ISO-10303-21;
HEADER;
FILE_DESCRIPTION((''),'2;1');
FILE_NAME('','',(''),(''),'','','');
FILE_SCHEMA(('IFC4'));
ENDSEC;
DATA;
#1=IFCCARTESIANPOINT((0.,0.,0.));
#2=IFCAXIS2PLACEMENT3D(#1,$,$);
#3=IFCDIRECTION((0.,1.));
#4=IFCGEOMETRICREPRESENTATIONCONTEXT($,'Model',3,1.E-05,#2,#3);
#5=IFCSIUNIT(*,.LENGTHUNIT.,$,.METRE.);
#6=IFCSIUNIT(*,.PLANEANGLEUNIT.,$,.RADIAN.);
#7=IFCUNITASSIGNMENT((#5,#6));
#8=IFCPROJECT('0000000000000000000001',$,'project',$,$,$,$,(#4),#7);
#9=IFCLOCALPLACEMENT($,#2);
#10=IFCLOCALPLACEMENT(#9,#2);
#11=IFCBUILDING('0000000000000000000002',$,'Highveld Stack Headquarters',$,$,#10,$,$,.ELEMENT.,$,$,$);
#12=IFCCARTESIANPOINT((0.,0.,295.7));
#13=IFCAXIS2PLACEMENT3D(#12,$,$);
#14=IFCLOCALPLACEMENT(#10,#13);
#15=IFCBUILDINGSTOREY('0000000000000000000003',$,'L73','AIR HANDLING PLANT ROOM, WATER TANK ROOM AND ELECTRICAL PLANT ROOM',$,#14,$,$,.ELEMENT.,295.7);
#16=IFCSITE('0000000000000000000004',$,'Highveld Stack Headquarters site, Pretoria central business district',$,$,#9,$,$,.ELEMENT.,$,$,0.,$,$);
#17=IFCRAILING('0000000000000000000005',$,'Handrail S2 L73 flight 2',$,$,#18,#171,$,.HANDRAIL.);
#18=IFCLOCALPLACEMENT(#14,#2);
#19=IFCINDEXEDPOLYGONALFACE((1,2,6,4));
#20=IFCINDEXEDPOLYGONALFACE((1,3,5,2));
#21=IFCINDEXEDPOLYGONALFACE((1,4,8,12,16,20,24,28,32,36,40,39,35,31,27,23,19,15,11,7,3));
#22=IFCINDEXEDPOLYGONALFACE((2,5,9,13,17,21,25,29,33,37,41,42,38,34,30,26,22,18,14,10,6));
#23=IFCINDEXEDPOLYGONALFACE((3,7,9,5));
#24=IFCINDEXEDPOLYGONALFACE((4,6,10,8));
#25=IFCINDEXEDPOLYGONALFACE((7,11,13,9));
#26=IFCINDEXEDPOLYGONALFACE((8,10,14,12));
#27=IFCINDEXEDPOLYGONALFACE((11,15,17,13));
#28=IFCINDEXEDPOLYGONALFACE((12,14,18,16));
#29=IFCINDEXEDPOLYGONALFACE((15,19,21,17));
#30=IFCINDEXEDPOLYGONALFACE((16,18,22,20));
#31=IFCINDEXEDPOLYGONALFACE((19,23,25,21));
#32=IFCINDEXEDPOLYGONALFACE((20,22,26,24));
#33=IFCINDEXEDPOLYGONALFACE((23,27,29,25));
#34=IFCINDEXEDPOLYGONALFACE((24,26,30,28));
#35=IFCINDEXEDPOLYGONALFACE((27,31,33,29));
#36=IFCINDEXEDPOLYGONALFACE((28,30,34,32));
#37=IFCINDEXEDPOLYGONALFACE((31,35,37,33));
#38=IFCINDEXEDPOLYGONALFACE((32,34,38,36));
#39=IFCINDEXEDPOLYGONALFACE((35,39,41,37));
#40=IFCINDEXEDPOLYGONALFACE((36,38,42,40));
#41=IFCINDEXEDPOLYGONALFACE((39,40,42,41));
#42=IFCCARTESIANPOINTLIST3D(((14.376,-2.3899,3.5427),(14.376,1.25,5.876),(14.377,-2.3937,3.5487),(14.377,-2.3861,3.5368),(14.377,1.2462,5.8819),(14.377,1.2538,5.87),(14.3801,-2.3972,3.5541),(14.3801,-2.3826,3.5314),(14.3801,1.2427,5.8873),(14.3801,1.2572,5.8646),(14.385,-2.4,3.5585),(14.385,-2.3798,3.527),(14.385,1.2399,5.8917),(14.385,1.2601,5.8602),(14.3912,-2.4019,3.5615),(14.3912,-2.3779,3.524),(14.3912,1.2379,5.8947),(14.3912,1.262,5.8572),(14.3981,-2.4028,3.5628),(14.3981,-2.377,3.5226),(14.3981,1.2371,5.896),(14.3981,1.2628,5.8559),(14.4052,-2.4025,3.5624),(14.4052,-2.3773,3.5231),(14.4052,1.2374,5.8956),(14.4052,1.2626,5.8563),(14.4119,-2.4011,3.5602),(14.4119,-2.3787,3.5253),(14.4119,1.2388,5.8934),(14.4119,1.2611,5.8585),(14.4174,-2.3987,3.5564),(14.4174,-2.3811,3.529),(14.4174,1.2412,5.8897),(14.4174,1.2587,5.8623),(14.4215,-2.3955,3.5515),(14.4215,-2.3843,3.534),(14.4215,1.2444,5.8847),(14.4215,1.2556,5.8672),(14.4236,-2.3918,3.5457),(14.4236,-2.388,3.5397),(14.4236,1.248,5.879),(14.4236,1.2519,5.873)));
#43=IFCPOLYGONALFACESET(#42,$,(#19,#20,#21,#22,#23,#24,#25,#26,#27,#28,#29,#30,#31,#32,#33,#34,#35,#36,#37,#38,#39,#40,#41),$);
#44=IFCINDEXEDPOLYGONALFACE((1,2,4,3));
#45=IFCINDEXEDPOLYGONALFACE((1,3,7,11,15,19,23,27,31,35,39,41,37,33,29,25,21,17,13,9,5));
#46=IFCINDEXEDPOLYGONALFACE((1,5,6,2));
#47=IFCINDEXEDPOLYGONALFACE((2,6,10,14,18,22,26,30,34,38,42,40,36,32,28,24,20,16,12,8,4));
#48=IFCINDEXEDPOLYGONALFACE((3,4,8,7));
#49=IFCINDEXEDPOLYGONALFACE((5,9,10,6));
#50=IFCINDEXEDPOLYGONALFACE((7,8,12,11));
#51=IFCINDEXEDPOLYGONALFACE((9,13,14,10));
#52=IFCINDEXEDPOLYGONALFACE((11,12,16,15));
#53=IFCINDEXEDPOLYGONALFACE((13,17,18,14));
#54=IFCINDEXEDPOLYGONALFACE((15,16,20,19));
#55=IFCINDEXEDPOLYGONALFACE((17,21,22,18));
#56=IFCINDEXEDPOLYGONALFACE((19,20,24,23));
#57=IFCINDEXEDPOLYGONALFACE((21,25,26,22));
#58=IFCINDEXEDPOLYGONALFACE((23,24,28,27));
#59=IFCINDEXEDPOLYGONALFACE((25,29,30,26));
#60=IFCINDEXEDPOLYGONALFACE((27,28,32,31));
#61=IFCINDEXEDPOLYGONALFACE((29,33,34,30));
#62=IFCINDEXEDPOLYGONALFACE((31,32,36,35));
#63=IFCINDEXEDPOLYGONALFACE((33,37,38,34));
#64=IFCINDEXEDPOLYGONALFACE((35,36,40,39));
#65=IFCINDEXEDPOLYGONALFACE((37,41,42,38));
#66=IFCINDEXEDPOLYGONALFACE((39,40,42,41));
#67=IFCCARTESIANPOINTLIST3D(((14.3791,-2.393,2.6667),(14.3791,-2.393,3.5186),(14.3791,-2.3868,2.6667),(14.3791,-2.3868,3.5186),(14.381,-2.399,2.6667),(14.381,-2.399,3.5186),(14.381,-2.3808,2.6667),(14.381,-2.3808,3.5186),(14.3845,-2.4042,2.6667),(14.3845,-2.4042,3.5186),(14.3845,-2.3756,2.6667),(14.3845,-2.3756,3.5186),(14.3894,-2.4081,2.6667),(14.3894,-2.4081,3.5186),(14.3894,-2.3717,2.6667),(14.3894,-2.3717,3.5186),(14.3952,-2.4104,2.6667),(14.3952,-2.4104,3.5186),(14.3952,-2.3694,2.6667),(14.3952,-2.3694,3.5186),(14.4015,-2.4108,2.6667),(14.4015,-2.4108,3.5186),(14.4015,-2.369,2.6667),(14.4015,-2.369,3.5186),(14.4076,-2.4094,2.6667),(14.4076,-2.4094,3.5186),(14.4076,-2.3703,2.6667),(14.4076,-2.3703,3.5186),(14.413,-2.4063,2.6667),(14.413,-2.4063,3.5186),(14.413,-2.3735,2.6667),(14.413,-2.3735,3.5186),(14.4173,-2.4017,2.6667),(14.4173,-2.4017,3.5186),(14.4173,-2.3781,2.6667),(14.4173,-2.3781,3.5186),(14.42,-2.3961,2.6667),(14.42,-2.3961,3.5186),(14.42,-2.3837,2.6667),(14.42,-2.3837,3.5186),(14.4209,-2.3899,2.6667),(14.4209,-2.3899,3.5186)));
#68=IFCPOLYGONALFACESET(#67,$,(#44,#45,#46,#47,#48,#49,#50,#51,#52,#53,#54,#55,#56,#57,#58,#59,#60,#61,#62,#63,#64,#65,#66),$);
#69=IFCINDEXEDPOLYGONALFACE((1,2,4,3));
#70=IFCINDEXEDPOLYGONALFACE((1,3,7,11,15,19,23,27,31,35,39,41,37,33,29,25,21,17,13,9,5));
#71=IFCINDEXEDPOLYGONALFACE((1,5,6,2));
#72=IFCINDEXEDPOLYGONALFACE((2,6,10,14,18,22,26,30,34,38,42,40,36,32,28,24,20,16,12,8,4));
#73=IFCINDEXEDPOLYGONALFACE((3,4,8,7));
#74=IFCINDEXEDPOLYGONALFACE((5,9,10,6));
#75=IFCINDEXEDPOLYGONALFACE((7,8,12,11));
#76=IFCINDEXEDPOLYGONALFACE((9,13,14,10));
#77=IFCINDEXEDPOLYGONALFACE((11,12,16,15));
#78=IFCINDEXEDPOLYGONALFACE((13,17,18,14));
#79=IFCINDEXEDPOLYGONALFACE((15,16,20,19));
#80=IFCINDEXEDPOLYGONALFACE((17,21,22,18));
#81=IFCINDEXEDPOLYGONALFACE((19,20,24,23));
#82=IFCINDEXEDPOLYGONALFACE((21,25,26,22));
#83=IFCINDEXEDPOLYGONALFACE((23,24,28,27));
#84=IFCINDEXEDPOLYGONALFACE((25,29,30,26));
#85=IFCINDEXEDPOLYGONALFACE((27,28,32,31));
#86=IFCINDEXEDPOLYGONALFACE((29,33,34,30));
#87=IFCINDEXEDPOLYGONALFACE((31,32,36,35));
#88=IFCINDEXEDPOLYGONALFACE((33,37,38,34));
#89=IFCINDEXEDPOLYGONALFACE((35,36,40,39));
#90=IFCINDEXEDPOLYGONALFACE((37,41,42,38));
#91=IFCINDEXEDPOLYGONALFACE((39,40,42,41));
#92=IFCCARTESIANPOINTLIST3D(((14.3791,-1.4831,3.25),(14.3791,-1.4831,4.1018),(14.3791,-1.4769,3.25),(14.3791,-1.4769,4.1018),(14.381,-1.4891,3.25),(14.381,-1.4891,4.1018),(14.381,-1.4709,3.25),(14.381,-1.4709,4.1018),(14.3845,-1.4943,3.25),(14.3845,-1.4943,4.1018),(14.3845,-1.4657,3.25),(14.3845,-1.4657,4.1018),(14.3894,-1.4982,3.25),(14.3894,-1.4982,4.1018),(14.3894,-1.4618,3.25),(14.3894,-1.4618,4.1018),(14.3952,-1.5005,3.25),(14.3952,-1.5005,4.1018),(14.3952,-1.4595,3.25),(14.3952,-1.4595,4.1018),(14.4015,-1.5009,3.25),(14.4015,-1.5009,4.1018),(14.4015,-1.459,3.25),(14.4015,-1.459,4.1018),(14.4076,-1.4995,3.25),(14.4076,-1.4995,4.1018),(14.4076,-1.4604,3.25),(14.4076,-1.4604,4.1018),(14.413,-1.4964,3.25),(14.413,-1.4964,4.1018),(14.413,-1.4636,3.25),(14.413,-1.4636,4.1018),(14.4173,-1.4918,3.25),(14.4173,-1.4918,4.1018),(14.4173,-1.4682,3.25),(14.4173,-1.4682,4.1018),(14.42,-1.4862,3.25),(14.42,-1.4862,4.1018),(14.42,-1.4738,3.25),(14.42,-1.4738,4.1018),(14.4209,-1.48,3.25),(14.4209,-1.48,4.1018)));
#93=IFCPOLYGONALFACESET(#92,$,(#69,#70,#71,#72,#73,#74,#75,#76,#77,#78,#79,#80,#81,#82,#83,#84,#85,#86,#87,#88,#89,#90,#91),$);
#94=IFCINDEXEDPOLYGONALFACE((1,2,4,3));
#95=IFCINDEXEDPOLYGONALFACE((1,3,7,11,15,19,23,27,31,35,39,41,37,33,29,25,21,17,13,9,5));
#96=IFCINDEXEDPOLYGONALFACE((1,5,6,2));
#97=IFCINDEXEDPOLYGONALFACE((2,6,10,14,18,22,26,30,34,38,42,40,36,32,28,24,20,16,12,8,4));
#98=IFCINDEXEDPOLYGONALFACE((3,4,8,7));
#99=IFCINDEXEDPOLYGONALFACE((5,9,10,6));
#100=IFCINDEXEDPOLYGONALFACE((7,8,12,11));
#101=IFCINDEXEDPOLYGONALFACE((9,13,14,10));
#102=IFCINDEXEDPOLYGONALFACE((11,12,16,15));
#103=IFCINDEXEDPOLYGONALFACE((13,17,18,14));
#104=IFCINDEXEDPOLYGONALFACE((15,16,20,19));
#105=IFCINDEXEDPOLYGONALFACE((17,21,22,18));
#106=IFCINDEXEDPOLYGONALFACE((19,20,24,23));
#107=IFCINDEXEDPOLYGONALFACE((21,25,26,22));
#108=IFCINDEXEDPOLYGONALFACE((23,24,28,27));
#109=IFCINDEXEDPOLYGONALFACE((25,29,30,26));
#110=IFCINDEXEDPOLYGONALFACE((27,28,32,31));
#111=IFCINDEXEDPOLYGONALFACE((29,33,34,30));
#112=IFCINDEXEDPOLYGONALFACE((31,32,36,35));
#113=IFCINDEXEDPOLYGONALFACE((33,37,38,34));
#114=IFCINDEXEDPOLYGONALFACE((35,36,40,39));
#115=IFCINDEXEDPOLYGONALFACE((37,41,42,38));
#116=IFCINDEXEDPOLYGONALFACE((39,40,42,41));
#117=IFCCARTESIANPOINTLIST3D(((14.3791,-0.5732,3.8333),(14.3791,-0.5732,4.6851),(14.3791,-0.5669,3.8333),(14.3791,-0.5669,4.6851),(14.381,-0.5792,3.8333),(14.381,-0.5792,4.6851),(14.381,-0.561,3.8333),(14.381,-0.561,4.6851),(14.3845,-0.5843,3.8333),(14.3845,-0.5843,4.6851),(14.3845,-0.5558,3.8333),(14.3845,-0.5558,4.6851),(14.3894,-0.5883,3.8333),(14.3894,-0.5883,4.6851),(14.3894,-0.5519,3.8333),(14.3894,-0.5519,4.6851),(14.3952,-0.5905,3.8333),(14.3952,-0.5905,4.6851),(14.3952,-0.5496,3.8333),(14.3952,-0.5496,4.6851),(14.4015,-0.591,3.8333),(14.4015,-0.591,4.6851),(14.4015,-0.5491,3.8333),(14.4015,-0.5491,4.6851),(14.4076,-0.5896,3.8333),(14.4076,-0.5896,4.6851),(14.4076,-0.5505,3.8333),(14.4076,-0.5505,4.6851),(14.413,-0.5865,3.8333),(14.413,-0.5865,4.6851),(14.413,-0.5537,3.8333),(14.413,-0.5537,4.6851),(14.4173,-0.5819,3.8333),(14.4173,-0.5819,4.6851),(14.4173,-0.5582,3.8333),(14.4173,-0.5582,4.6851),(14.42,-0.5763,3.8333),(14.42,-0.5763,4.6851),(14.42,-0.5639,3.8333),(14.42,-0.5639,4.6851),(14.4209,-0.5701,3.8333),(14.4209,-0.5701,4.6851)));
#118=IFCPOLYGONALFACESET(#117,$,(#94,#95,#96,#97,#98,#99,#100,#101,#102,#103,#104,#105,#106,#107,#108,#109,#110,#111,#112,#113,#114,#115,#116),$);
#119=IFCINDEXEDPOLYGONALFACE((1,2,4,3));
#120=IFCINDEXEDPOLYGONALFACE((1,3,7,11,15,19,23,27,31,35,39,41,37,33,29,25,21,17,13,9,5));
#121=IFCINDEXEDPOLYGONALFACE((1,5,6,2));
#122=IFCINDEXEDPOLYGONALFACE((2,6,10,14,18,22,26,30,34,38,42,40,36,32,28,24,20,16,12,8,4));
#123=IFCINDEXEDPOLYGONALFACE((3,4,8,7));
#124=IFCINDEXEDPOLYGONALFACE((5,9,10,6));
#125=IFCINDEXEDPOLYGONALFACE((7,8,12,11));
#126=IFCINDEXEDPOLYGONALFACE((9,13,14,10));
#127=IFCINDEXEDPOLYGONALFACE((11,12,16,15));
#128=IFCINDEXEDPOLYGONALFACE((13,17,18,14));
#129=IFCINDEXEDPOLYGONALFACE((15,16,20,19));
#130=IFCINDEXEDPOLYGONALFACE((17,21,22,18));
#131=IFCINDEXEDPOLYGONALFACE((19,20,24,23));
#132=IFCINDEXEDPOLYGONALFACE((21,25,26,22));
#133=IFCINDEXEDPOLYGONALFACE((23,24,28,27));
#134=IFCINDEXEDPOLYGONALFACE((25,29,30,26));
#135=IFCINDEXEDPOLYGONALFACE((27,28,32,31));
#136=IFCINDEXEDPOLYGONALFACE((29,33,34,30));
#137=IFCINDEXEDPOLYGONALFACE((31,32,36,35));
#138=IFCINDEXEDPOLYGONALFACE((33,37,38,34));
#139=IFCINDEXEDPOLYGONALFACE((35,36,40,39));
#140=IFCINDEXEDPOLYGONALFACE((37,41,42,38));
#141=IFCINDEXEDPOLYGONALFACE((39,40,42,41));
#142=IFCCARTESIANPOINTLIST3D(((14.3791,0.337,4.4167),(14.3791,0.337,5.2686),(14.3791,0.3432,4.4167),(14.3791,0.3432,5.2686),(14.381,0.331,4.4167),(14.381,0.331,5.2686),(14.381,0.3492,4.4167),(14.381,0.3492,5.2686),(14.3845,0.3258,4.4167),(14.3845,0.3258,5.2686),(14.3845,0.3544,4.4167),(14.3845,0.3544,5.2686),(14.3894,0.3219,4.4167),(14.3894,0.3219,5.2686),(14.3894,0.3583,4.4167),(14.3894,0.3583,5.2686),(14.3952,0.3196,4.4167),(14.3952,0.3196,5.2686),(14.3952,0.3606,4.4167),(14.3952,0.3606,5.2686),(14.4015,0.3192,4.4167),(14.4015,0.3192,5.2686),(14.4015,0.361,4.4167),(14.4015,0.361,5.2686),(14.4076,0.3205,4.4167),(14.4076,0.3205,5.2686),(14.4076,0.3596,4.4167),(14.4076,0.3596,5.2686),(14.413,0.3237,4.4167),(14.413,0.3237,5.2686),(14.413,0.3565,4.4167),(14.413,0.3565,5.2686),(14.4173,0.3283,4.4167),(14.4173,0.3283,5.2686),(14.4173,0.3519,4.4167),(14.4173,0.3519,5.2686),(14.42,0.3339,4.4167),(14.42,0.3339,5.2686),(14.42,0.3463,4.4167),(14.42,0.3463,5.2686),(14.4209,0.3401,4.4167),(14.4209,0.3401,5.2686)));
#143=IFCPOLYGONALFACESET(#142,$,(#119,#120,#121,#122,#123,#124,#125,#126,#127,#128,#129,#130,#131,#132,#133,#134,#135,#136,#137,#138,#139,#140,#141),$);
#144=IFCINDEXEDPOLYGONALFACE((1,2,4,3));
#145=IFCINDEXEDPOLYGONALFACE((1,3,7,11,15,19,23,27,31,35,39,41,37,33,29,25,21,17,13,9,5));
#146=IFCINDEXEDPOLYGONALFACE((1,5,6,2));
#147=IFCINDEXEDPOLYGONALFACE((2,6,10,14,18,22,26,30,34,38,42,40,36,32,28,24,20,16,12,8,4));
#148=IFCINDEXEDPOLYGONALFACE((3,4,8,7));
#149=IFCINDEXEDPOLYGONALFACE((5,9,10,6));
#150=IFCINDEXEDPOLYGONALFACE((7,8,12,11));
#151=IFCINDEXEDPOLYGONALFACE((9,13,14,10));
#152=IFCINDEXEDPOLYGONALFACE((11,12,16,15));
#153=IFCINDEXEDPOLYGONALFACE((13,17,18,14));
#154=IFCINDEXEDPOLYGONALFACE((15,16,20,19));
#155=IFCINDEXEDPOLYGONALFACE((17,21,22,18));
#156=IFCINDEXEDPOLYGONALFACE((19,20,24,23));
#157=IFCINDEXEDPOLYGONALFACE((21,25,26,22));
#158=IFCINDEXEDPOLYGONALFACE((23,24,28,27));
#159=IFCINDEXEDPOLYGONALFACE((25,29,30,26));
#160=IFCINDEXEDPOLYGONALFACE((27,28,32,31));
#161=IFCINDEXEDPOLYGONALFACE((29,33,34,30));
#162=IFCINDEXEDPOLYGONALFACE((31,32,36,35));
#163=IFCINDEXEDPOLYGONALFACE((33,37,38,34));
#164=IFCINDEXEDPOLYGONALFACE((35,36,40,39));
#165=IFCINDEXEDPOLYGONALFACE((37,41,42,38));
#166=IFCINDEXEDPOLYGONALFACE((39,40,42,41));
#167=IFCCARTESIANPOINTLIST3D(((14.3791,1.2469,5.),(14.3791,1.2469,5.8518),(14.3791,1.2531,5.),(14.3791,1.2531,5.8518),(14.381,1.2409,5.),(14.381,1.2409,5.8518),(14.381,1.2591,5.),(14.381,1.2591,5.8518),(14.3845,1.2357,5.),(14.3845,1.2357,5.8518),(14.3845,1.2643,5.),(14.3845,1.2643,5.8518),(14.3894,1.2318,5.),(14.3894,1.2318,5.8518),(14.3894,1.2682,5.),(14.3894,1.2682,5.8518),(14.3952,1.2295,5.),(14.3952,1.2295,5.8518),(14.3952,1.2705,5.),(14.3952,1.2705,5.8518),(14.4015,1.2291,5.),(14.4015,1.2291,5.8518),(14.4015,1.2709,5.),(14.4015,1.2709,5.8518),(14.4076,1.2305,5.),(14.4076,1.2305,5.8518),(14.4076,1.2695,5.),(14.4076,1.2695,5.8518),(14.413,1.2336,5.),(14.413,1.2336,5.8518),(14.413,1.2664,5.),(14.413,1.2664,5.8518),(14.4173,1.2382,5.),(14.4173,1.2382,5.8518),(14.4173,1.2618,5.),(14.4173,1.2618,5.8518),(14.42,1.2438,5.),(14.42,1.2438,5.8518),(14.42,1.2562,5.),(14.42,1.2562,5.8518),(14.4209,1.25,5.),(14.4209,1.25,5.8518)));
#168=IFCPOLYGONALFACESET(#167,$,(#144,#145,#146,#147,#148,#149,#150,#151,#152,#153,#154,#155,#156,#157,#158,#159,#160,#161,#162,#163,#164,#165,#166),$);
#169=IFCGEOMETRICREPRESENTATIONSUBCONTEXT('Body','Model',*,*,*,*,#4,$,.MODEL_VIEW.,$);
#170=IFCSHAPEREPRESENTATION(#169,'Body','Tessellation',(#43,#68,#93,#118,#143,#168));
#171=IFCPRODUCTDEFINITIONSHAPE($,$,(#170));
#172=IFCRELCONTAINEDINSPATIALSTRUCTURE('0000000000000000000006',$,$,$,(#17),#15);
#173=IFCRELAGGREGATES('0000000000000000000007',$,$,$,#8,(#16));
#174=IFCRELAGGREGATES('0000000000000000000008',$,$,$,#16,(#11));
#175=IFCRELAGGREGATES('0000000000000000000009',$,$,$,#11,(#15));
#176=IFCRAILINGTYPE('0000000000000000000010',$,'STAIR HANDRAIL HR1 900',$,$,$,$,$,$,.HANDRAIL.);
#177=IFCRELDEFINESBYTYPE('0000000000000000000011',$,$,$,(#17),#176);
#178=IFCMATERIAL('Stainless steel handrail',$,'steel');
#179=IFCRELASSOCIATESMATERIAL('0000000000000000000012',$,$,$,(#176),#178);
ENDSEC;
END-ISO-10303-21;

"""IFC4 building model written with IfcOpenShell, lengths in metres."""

from ifc_helpers import new_model, si_unit, direction, frame, origin, origin_2d, place, context, subcontext, project, spatial, circle, extrude, material, type_object, element, save


model = new_model("IFC4")

# Units and contexts
model_context = context("Model", 3, precision=1e-05, world=origin(), true_north=direction((0.0, 1.0)))
body_context = subcontext(model_context, "Body", "Model", "MODEL_VIEW")
ifc_project = project(units=[si_unit("LENGTHUNIT", "METRE"), si_unit("PLANEANGLEUNIT", "RADIAN")], contexts=[model_context])

# Site, building, storey
site_placement = place(None, origin())
site = spatial("IfcSite", under=ifc_project, at=site_placement, Name="Highveld Stack Headquarters site, Pretoria central business district", CompositionType="ELEMENT", RefElevation=0.0)
building_placement = place(site_placement, origin())
building = spatial("IfcBuilding", under=site, at=building_placement, Name="Highveld Stack Headquarters", CompositionType="ELEMENT")
storey_placement = place(building_placement, frame((0.0, 0.0, 295.7)))
storey = spatial("IfcBuildingStorey", under=building, at=storey_placement, Name="L73", Description="AIR HANDLING PLANT ROOM, WATER TANK ROOM AND ELECTRICAL PLANT ROOM", CompositionType="ELEMENT", Elevation=295.7)

# Railing
ifc_material_1 = material(Name="Stainless steel handrail", Category="steel")
railing_type = type_object("IfcRailingType", Name="STAIR HANDRAIL HR1 900", PredefinedType="HANDRAIL", material=ifc_material_1)
for number, where, name in (
    (1, (14.3999, -2.3899, 2.6667), "Handrail S2 L73 flight 2"),
):
    element("IfcRailing", number, at=place(storey_placement, frame(where)), inside=storey, type_object=railing_type, Name=name, PredefinedType="HANDRAIL", context=body_context, shape_type="SweptSolid", body=[
        extrude(circle(Radius=0.0239, at=origin_2d()), frame((0.0, 0.0, 0.876), z_axis=(0.0, 0.84188, 0.539664), x_axis=(-1.0, 0.0, 0.0)), (0.0, 0.0, 1.0), 4.3235),
        extrude(circle(Radius=0.021, at=origin_2d()), origin(), (0.0, 0.0, 1.0), 0.8518),
        extrude(circle(Radius=0.021, at=origin_2d()), frame((0.0, 0.9099, 0.5833)), (0.0, 0.0, 1.0), 0.8518),
        extrude(circle(Radius=0.021, at=origin_2d()), frame((0.0, 1.8198, 1.1665)), (0.0, 0.0, 1.0), 0.8518),
        extrude(circle(Radius=0.021, at=origin_2d()), frame((0.0, 2.73, 1.75)), (0.0, 0.0, 1.0), 0.8518),
        extrude(circle(Radius=0.021, at=origin_2d()), frame((0.0, 3.6399, 2.3333)), (0.0, 0.0, 1.0), 0.8518),
    ])

save(model, "model.ifc")
